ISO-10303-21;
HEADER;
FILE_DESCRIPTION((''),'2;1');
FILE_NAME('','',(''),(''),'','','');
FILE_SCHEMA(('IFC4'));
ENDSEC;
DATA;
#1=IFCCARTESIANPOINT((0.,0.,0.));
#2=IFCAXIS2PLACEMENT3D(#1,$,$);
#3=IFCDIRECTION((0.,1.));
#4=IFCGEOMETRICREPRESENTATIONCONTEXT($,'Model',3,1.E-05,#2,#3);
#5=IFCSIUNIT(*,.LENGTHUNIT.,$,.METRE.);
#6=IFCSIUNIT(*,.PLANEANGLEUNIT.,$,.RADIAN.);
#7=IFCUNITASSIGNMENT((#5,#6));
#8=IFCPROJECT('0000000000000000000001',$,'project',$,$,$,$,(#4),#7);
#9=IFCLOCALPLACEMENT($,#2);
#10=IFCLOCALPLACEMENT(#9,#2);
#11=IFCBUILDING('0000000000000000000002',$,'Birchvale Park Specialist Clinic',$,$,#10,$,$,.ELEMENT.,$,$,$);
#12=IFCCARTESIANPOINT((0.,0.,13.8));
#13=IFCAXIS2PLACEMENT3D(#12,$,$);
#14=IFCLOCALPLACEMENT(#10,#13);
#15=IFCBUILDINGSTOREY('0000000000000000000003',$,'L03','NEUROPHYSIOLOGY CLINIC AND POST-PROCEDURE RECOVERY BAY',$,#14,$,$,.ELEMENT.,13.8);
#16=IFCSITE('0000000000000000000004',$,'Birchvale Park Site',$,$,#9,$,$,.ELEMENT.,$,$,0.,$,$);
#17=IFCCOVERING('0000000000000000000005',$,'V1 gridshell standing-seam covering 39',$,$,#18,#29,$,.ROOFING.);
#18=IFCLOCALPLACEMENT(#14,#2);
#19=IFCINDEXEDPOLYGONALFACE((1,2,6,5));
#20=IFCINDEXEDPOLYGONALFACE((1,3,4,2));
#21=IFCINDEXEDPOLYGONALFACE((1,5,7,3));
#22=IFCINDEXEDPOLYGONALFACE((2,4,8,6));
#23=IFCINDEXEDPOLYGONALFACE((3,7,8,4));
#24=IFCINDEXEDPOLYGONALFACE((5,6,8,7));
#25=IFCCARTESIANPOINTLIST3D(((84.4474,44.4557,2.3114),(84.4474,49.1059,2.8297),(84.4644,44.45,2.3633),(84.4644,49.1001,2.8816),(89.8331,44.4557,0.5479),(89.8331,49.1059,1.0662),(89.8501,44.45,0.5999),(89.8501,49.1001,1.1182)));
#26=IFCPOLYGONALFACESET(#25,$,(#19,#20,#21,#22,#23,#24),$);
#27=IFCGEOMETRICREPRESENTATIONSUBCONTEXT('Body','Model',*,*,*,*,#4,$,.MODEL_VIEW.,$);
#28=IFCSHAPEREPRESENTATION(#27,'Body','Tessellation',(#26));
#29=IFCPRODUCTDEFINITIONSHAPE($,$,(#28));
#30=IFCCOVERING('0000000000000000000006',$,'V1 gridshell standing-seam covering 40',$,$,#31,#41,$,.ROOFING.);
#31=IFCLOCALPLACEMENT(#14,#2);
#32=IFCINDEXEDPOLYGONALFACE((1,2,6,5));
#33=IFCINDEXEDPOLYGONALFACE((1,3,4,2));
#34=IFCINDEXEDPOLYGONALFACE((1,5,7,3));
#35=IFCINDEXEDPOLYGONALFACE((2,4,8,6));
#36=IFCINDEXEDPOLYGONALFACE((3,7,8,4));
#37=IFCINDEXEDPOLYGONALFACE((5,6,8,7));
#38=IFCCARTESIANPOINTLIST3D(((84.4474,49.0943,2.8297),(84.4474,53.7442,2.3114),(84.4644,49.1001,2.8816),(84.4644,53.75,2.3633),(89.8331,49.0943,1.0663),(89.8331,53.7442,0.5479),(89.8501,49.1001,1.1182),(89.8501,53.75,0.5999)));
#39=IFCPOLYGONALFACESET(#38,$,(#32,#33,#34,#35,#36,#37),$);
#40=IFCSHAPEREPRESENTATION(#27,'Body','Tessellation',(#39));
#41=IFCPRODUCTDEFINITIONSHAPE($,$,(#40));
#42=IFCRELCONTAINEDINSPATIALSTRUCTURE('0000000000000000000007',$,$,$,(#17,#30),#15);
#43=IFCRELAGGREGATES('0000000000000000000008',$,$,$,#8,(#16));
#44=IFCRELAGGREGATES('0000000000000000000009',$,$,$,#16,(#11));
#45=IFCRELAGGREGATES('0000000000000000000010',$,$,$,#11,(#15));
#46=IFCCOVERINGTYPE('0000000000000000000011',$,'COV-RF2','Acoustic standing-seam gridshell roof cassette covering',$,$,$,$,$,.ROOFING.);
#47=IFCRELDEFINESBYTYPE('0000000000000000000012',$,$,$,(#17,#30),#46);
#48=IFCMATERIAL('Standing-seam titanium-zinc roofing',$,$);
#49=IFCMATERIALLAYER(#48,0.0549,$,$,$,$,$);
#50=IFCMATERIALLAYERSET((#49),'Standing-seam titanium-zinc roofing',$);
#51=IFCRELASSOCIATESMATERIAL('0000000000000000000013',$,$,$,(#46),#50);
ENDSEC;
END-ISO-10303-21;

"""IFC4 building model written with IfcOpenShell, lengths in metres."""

from ifc_helpers import new_model, si_unit, direction, frame, origin, place, context, subcontext, project, spatial, polyline, outline, extrude, material, layer, layer_set, type_object, element, save


model = new_model("IFC4")

# Units and contexts
model_context = context("Model", 3, precision=1e-05, world=origin(), true_north=direction((0.0, 1.0)))
body_context = subcontext(model_context, "Body", "Model", "MODEL_VIEW")
ifc_project = project(units=[si_unit("LENGTHUNIT", "METRE"), si_unit("PLANEANGLEUNIT", "RADIAN")], contexts=[model_context])

# Site, building, storey
site_placement = place(None, origin())
site = spatial("IfcSite", under=ifc_project, at=site_placement, Name="Birchvale Park Site", CompositionType="ELEMENT", RefElevation=0.0)
building_placement = place(site_placement, origin())
building = spatial("IfcBuilding", under=site, at=building_placement, Name="Birchvale Park Specialist Clinic", CompositionType="ELEMENT")
storey_placement = place(building_placement, frame((0.0, 0.0, 13.8)))
storey = spatial("IfcBuildingStorey", under=building, at=storey_placement, Name="L03", Description="NEUROPHYSIOLOGY CLINIC AND POST-PROCEDURE RECOVERY BAY", CompositionType="ELEMENT", Elevation=13.8)

# Coverings
ifc_material_1 = material(Name="Standing-seam titanium-zinc roofing")
ifc_layer_1 = layer(ifc_material_1, 0.0549)
ifc_layer_set_1 = layer_set([ifc_layer_1], Name="Standing-seam titanium-zinc roofing")
covering_type = type_object("IfcCoveringType", Name="COV-RF2", Description="Acoustic standing-seam gridshell roof cassette covering", PredefinedType="ROOFING", material=ifc_layer_set_1)
covering_1_placement = place(storey_placement, frame((84.4644, 44.45, 2.3633), z_axis=(0.309439, -0.105338, 0.945067), x_axis=(0.950354, 0.0, -0.31117)))
element("IfcCovering", 1, at=covering_1_placement, inside=storey, type_object=covering_type, Name="V1 gridshell standing-seam covering 39", PredefinedType="ROOFING", context=body_context, shape_type="SweptSolid", body=[
    extrude(outline(polyline([(0.0, 0.0), (5.6671, 0.0), (5.5058, 4.6762), (-0.1613, 4.6762), (0.0, 0.0)])), origin(), (0.0, 0.0, -1.0), 0.0549),
])
covering_2_placement = place(storey_placement, frame((84.4644, 49.1001, 2.8816), z_axis=(0.309439, 0.105344, 0.945066), x_axis=(0.950354, 0.0, -0.31117)))
element("IfcCovering", 2, at=covering_2_placement, inside=storey, type_object=covering_type, Name="V1 gridshell standing-seam covering 40", PredefinedType="ROOFING", context=body_context, shape_type="SweptSolid", body=[
    extrude(outline(polyline([(0.0, 0.0), (5.6671, 0.0), (5.8284, 4.6759), (0.1613, 4.6759), (0.0, 0.0)])), origin(), (0.0, 0.0, -1.0), 0.0549),
])

save(model, "model.ifc")
